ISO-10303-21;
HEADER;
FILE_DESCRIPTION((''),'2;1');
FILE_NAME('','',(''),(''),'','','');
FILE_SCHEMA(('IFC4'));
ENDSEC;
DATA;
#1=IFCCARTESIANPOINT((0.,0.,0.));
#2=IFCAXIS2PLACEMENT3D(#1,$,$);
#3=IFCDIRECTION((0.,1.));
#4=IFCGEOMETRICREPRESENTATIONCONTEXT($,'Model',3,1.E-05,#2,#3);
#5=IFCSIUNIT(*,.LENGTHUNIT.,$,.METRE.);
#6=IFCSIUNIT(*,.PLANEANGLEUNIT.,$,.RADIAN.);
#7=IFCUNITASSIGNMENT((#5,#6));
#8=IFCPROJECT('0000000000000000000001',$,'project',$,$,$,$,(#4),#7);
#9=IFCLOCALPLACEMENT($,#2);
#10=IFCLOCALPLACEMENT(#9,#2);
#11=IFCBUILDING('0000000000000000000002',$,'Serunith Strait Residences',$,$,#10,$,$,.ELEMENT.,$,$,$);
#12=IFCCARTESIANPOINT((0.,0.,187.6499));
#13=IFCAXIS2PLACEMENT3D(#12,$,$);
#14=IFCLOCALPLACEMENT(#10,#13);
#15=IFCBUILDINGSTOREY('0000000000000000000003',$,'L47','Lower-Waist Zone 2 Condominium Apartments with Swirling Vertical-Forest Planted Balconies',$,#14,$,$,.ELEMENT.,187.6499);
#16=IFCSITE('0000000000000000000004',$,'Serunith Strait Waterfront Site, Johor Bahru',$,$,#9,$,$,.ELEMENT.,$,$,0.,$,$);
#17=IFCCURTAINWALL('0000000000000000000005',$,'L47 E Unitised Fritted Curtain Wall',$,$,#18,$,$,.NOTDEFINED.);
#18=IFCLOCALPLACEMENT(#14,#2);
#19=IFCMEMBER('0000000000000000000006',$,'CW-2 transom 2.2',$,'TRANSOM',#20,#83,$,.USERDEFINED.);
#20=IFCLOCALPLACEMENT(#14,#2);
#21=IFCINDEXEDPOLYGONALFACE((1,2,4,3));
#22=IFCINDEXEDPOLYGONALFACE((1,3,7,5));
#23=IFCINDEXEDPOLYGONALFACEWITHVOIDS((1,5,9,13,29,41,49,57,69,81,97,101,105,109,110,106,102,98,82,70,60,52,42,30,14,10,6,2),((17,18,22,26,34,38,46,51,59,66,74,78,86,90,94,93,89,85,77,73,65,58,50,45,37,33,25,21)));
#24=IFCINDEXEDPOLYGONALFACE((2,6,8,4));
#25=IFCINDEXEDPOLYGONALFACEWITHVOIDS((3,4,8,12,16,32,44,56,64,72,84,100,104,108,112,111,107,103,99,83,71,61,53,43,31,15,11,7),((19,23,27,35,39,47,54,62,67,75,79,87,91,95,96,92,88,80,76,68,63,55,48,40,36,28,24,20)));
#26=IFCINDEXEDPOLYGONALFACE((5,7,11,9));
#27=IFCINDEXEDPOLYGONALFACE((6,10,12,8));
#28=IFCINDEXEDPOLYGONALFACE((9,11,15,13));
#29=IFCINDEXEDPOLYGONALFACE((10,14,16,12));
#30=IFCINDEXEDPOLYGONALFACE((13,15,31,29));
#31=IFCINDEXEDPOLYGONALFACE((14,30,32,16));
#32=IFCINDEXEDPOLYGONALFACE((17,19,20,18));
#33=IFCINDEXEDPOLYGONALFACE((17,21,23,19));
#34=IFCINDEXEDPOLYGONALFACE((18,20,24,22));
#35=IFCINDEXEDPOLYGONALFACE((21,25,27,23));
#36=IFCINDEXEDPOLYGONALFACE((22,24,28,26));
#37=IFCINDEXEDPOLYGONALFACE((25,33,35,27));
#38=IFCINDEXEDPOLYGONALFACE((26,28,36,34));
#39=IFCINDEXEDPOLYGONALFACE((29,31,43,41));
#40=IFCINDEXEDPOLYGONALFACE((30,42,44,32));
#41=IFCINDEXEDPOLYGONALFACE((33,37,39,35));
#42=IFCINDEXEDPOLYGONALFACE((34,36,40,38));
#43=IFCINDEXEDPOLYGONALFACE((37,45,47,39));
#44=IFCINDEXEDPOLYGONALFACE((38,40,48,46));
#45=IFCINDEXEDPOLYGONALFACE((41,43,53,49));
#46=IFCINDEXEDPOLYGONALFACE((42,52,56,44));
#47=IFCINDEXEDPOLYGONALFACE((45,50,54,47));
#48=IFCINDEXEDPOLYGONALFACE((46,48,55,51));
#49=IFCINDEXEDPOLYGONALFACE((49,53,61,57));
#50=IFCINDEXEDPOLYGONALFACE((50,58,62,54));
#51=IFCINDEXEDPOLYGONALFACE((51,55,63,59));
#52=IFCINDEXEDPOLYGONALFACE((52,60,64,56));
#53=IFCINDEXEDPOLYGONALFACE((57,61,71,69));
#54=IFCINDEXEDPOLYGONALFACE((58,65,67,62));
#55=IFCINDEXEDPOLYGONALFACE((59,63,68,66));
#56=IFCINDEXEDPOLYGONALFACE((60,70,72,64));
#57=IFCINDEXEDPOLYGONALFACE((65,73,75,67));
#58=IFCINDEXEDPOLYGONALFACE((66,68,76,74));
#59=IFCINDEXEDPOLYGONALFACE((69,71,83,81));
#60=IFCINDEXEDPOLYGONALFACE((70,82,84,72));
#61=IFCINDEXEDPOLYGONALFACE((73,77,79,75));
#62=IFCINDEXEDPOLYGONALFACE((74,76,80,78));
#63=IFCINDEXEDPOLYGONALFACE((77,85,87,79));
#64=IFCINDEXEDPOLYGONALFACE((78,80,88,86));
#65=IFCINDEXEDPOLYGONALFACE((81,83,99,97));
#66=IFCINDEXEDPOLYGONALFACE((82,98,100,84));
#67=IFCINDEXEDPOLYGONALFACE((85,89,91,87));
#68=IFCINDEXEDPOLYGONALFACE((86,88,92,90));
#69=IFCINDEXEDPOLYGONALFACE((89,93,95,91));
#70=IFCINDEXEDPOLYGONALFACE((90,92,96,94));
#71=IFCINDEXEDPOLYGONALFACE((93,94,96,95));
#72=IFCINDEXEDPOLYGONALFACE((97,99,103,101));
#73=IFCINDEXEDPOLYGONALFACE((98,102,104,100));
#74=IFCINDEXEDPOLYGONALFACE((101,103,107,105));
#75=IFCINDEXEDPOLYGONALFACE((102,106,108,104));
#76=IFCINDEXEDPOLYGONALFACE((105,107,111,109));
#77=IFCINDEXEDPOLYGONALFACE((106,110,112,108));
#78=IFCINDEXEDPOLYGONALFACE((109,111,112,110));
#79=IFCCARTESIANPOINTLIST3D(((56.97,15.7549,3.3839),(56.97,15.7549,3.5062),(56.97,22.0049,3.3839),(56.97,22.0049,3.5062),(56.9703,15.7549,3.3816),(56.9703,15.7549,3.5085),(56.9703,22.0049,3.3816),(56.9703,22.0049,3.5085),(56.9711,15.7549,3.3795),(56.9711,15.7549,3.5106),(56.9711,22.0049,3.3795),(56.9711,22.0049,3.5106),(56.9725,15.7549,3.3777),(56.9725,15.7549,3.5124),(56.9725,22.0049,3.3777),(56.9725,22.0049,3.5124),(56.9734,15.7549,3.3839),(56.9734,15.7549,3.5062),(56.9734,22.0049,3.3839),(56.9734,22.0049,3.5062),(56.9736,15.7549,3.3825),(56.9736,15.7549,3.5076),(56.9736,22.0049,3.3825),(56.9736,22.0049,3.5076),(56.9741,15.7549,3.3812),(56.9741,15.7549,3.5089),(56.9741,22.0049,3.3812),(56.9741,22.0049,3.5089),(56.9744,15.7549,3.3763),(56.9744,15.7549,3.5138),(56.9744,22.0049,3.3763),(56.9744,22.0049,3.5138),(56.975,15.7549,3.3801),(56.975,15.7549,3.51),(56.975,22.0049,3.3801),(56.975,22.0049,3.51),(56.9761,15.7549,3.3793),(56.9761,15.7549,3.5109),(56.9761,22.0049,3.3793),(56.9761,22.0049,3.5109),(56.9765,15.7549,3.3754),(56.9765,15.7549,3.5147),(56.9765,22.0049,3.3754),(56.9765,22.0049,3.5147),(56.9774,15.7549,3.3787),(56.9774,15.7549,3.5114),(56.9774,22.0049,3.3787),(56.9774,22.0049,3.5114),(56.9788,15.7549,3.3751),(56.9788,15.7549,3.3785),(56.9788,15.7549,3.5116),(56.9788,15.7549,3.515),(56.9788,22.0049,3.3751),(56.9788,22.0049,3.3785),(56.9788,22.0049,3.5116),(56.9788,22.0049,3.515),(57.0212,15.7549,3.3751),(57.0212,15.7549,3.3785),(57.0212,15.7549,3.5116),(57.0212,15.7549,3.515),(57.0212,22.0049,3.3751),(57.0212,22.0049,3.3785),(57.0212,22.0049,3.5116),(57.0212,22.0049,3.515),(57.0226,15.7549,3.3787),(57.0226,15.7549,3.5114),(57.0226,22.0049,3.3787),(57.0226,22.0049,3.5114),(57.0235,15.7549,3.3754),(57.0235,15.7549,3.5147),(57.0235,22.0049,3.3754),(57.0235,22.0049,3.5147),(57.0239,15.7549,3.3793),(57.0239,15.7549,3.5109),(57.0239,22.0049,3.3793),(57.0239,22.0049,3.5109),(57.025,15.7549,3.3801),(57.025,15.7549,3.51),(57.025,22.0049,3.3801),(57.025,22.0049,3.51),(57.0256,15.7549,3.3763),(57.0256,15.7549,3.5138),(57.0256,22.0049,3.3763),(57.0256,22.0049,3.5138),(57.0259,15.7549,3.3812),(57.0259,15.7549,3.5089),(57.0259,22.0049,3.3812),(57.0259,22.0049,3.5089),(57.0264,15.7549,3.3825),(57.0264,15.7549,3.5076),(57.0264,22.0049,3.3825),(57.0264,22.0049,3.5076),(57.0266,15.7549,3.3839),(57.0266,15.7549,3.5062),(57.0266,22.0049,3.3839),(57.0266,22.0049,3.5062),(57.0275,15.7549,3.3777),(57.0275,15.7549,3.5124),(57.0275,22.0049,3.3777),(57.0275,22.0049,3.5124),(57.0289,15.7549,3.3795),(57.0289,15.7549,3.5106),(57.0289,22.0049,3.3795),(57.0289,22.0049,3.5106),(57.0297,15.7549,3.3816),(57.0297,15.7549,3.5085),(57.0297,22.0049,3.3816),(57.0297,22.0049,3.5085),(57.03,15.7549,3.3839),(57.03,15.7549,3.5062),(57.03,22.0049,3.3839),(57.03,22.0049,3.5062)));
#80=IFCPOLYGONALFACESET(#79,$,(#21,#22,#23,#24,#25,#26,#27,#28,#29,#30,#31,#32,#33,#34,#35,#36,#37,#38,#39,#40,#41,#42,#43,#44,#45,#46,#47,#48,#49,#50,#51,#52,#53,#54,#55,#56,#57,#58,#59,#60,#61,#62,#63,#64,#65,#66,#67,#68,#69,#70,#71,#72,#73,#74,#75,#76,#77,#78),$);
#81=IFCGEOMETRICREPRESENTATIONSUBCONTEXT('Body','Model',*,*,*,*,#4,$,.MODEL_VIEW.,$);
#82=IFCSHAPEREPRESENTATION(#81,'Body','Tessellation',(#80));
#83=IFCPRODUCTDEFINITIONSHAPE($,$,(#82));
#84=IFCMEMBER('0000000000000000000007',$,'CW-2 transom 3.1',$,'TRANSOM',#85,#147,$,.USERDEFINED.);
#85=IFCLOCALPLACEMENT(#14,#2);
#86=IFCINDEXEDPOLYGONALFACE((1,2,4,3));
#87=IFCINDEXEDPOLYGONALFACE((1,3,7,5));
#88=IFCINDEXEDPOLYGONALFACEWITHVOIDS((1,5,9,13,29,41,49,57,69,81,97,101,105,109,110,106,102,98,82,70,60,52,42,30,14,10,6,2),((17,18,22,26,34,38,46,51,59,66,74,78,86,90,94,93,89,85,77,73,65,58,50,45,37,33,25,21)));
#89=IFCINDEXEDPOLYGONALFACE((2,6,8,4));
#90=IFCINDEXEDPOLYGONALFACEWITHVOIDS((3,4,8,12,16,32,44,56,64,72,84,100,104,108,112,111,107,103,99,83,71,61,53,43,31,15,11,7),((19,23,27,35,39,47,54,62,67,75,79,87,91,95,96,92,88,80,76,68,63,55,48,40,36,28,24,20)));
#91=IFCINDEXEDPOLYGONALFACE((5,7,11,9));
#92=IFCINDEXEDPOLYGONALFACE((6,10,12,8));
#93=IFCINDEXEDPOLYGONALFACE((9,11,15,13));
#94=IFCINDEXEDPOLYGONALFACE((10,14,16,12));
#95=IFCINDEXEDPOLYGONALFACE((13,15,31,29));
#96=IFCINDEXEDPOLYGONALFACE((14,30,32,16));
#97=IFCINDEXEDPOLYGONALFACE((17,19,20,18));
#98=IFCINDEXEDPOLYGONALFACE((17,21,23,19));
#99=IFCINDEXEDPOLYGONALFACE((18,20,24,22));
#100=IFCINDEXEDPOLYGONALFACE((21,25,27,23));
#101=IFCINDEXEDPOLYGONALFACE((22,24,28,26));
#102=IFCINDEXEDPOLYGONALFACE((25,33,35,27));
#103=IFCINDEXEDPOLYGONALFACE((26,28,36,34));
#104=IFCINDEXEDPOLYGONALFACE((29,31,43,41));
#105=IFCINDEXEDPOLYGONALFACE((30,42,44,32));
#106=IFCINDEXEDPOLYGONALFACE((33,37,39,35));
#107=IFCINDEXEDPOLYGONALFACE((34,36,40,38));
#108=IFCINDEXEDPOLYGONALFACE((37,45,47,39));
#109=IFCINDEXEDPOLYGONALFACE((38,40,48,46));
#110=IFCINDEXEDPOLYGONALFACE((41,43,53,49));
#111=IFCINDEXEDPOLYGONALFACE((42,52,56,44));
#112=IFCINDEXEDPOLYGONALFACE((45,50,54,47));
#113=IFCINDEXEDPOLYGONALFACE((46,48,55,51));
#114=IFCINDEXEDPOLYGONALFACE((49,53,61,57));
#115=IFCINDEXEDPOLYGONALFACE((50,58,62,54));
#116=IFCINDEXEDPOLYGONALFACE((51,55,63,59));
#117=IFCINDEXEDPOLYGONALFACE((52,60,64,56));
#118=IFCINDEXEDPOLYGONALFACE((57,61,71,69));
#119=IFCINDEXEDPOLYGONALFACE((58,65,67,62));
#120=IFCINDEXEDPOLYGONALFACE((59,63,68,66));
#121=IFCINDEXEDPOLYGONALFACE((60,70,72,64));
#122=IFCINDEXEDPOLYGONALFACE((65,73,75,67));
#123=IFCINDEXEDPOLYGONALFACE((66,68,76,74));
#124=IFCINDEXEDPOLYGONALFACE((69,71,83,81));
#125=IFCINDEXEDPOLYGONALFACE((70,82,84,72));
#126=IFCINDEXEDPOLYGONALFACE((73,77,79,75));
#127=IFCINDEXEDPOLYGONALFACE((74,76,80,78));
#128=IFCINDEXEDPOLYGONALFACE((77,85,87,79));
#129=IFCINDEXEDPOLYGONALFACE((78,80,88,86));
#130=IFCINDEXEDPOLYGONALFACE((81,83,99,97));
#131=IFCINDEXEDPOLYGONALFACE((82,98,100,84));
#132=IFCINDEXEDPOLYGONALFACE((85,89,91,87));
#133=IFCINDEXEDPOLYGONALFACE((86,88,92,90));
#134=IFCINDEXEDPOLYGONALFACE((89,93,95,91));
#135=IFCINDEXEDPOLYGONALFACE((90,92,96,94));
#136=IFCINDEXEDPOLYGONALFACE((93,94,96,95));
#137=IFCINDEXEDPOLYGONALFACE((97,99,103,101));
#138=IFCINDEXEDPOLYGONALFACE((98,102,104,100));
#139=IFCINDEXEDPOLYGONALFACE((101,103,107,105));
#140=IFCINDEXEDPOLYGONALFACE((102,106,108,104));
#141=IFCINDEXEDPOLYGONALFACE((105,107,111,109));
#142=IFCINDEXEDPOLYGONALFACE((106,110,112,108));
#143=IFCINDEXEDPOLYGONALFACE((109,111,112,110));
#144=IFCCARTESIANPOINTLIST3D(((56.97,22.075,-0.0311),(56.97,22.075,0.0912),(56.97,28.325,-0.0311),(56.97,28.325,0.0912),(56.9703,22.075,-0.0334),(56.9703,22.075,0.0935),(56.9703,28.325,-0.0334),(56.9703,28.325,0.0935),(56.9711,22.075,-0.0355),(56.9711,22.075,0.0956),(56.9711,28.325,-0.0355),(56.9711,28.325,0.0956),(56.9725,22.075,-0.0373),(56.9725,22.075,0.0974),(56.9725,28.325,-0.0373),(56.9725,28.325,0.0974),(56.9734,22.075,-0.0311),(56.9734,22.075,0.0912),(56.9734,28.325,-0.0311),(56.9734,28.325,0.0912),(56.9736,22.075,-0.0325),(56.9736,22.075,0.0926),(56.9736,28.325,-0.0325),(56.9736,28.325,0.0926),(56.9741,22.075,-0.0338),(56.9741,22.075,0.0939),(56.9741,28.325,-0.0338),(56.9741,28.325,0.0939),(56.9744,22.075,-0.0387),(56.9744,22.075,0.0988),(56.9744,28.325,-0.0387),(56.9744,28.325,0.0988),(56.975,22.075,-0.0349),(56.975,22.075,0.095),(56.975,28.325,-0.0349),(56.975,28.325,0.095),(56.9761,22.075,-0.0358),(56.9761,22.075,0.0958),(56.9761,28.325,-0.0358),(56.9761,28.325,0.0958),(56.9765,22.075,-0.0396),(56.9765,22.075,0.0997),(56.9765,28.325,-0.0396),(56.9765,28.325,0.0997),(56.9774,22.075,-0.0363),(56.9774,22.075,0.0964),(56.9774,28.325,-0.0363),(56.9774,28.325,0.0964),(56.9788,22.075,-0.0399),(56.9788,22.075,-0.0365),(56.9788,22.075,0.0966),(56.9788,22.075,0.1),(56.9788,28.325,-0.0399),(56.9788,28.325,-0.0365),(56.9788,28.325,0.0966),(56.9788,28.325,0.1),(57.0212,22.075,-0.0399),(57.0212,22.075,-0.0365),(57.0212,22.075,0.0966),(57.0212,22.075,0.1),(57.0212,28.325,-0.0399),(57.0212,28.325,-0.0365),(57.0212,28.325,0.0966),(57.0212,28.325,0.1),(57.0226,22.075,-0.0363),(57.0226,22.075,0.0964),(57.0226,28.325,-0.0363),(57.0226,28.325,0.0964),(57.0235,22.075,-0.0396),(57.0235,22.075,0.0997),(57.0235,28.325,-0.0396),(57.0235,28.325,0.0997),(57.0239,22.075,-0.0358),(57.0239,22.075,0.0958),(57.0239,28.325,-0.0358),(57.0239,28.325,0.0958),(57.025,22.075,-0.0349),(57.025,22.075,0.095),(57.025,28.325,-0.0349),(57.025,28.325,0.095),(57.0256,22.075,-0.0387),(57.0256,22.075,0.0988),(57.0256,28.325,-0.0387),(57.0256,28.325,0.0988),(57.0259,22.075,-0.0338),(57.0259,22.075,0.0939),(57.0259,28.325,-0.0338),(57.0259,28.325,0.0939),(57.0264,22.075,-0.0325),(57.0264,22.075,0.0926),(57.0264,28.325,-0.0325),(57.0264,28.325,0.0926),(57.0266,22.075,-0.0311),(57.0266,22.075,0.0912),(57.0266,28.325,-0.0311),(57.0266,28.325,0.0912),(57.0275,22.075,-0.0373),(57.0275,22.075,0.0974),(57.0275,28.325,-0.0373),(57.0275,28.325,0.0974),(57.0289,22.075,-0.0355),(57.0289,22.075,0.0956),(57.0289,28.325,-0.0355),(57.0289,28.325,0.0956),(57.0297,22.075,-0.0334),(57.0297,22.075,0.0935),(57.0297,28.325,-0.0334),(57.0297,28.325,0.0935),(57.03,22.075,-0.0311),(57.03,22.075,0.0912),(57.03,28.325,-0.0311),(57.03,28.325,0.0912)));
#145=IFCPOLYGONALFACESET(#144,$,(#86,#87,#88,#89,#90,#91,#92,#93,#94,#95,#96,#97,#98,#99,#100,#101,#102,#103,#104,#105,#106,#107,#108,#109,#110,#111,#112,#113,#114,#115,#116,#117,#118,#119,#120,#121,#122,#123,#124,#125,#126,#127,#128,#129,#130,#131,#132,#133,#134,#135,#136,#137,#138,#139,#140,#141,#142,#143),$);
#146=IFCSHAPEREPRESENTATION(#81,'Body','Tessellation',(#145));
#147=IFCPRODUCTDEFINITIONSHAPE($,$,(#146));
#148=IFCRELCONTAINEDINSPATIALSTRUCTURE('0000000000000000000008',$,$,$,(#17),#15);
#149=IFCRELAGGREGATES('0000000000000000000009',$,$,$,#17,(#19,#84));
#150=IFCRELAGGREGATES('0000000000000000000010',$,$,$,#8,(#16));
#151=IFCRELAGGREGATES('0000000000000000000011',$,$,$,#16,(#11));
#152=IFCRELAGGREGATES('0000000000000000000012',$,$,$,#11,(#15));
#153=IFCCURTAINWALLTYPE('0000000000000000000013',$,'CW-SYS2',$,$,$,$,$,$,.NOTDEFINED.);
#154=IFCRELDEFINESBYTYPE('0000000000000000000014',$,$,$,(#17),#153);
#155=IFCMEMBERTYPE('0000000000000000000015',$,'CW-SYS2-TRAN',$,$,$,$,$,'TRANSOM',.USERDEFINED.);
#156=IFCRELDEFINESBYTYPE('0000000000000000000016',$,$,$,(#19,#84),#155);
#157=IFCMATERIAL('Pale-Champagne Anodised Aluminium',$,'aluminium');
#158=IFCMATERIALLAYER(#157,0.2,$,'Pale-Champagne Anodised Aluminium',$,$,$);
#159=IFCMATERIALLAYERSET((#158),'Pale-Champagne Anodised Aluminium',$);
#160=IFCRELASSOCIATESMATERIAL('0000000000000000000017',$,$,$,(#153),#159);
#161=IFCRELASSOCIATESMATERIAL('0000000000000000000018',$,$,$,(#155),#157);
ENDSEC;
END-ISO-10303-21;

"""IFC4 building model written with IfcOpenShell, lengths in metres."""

from ifc_helpers import new_model, si_unit, direction, frame, origin, origin_2d, place, context, subcontext, project, spatial, hollow_rectangle, extrude, source, transform, mapped, material, layer, layer_set, material_profile, profile_set, type_object, element, aggregate, save


model = new_model("IFC4")

# Units and contexts
model_context = context("Model", 3, precision=1e-05, world=origin(), true_north=direction((0.0, 1.0)))
body_context = subcontext(model_context, "Body", "Model", "MODEL_VIEW")
ifc_project = project(units=[si_unit("LENGTHUNIT", "METRE"), si_unit("PLANEANGLEUNIT", "RADIAN")], contexts=[model_context])

# Site, building, storey
site_placement = place(None, origin())
site = spatial("IfcSite", under=ifc_project, at=site_placement, Name="Serunith Strait Waterfront Site, Johor Bahru", CompositionType="ELEMENT", RefElevation=0.0)
building_placement = place(site_placement, origin())
building = spatial("IfcBuilding", under=site, at=building_placement, Name="Serunith Strait Residences", CompositionType="ELEMENT")
storey_placement = place(building_placement, frame((0.0, 0.0, 187.6499)))
storey = spatial("IfcBuildingStorey", under=building, at=storey_placement, Name="L47", Description="Lower-Waist Zone 2 Condominium Apartments with Swirling Vertical-Forest Planted Balconies", CompositionType="ELEMENT", Elevation=187.6499)

# Curtain wall, members
ifc_material_1 = material(Name="Pale-Champagne Anodised Aluminium", Category="aluminium")
ifc_layer_1 = layer(ifc_material_1, 0.2, Name="Pale-Champagne Anodised Aluminium")
ifc_layer_set_1 = layer_set([ifc_layer_1], Name="Pale-Champagne Anodised Aluminium")
curtain_wall_type = type_object("IfcCurtainWallType", Name="CW-SYS2", PredefinedType="NOTDEFINED", material=ifc_layer_set_1)
curtain_wall_placement = place(storey_placement, origin())
curtain_wall = element("IfcCurtainWall", 1, at=curtain_wall_placement, inside=storey, type_object=curtain_wall_type, Name="L47 E Unitised Fritted Curtain Wall", PredefinedType="NOTDEFINED")
ifc_material_profile_1 = material_profile(ifc_material_1, hollow_rectangle(XDim=0.0601, YDim=0.1399, WallThickness=0.0034, InnerFilletRadius=0.0054, OuterFilletRadius=0.0088, at=origin_2d()), Name="ALU 140x60x3.5")
ifc_profile_set_1 = profile_set([ifc_material_profile_1], Name="Pale-Champagne Anodised Aluminium")
member_type_1 = type_object("IfcMemberType", Name="CW-SYS2-TRAN", ElementType="TRANSOM", PredefinedType="USERDEFINED", material=ifc_profile_set_1)
shared_shape_1 = source(origin(), body_context, "Body", "SweptSolid", [
    extrude(hollow_rectangle(XDim=0.0601, YDim=0.1399, WallThickness=0.0034, InnerFilletRadius=0.0054, OuterFilletRadius=0.0088, at=origin_2d()), origin(), (0.0, 0.0, 1.0), 6.25),
])
member_1_placement = place(storey_placement, frame((57.0, 15.7549, 3.4451), z_axis=(0.0, 1.0, 0.0), x_axis=(-1.0, 0.0, 0.0)))
member_1 = element("IfcMember", 2, at=member_1_placement, type_object=member_type_1, Name="CW-2 transom 2.2", ObjectType="TRANSOM", PredefinedType="USERDEFINED", context=body_context, shape_type="MappedRepresentation", body=[
    mapped(shared_shape_1, transform((0.0, 0.0, 0.0), scale=1.0)),
])
member_2_placement = place(storey_placement, frame((57.0, 22.075, 0.03), z_axis=(0.0, 1.0, 0.0), x_axis=(-1.0, 0.0, 0.0)))
member_2 = element("IfcMember", 3, at=member_2_placement, type_object=member_type_1, Name="CW-2 transom 3.1", ObjectType="TRANSOM", PredefinedType="USERDEFINED", context=body_context, shape_type="MappedRepresentation", body=[
    mapped(shared_shape_1, transform((0.0, 0.0, 0.0), scale=1.0)),
])
aggregate(curtain_wall, [member_1, member_2])

save(model, "model.ifc")
